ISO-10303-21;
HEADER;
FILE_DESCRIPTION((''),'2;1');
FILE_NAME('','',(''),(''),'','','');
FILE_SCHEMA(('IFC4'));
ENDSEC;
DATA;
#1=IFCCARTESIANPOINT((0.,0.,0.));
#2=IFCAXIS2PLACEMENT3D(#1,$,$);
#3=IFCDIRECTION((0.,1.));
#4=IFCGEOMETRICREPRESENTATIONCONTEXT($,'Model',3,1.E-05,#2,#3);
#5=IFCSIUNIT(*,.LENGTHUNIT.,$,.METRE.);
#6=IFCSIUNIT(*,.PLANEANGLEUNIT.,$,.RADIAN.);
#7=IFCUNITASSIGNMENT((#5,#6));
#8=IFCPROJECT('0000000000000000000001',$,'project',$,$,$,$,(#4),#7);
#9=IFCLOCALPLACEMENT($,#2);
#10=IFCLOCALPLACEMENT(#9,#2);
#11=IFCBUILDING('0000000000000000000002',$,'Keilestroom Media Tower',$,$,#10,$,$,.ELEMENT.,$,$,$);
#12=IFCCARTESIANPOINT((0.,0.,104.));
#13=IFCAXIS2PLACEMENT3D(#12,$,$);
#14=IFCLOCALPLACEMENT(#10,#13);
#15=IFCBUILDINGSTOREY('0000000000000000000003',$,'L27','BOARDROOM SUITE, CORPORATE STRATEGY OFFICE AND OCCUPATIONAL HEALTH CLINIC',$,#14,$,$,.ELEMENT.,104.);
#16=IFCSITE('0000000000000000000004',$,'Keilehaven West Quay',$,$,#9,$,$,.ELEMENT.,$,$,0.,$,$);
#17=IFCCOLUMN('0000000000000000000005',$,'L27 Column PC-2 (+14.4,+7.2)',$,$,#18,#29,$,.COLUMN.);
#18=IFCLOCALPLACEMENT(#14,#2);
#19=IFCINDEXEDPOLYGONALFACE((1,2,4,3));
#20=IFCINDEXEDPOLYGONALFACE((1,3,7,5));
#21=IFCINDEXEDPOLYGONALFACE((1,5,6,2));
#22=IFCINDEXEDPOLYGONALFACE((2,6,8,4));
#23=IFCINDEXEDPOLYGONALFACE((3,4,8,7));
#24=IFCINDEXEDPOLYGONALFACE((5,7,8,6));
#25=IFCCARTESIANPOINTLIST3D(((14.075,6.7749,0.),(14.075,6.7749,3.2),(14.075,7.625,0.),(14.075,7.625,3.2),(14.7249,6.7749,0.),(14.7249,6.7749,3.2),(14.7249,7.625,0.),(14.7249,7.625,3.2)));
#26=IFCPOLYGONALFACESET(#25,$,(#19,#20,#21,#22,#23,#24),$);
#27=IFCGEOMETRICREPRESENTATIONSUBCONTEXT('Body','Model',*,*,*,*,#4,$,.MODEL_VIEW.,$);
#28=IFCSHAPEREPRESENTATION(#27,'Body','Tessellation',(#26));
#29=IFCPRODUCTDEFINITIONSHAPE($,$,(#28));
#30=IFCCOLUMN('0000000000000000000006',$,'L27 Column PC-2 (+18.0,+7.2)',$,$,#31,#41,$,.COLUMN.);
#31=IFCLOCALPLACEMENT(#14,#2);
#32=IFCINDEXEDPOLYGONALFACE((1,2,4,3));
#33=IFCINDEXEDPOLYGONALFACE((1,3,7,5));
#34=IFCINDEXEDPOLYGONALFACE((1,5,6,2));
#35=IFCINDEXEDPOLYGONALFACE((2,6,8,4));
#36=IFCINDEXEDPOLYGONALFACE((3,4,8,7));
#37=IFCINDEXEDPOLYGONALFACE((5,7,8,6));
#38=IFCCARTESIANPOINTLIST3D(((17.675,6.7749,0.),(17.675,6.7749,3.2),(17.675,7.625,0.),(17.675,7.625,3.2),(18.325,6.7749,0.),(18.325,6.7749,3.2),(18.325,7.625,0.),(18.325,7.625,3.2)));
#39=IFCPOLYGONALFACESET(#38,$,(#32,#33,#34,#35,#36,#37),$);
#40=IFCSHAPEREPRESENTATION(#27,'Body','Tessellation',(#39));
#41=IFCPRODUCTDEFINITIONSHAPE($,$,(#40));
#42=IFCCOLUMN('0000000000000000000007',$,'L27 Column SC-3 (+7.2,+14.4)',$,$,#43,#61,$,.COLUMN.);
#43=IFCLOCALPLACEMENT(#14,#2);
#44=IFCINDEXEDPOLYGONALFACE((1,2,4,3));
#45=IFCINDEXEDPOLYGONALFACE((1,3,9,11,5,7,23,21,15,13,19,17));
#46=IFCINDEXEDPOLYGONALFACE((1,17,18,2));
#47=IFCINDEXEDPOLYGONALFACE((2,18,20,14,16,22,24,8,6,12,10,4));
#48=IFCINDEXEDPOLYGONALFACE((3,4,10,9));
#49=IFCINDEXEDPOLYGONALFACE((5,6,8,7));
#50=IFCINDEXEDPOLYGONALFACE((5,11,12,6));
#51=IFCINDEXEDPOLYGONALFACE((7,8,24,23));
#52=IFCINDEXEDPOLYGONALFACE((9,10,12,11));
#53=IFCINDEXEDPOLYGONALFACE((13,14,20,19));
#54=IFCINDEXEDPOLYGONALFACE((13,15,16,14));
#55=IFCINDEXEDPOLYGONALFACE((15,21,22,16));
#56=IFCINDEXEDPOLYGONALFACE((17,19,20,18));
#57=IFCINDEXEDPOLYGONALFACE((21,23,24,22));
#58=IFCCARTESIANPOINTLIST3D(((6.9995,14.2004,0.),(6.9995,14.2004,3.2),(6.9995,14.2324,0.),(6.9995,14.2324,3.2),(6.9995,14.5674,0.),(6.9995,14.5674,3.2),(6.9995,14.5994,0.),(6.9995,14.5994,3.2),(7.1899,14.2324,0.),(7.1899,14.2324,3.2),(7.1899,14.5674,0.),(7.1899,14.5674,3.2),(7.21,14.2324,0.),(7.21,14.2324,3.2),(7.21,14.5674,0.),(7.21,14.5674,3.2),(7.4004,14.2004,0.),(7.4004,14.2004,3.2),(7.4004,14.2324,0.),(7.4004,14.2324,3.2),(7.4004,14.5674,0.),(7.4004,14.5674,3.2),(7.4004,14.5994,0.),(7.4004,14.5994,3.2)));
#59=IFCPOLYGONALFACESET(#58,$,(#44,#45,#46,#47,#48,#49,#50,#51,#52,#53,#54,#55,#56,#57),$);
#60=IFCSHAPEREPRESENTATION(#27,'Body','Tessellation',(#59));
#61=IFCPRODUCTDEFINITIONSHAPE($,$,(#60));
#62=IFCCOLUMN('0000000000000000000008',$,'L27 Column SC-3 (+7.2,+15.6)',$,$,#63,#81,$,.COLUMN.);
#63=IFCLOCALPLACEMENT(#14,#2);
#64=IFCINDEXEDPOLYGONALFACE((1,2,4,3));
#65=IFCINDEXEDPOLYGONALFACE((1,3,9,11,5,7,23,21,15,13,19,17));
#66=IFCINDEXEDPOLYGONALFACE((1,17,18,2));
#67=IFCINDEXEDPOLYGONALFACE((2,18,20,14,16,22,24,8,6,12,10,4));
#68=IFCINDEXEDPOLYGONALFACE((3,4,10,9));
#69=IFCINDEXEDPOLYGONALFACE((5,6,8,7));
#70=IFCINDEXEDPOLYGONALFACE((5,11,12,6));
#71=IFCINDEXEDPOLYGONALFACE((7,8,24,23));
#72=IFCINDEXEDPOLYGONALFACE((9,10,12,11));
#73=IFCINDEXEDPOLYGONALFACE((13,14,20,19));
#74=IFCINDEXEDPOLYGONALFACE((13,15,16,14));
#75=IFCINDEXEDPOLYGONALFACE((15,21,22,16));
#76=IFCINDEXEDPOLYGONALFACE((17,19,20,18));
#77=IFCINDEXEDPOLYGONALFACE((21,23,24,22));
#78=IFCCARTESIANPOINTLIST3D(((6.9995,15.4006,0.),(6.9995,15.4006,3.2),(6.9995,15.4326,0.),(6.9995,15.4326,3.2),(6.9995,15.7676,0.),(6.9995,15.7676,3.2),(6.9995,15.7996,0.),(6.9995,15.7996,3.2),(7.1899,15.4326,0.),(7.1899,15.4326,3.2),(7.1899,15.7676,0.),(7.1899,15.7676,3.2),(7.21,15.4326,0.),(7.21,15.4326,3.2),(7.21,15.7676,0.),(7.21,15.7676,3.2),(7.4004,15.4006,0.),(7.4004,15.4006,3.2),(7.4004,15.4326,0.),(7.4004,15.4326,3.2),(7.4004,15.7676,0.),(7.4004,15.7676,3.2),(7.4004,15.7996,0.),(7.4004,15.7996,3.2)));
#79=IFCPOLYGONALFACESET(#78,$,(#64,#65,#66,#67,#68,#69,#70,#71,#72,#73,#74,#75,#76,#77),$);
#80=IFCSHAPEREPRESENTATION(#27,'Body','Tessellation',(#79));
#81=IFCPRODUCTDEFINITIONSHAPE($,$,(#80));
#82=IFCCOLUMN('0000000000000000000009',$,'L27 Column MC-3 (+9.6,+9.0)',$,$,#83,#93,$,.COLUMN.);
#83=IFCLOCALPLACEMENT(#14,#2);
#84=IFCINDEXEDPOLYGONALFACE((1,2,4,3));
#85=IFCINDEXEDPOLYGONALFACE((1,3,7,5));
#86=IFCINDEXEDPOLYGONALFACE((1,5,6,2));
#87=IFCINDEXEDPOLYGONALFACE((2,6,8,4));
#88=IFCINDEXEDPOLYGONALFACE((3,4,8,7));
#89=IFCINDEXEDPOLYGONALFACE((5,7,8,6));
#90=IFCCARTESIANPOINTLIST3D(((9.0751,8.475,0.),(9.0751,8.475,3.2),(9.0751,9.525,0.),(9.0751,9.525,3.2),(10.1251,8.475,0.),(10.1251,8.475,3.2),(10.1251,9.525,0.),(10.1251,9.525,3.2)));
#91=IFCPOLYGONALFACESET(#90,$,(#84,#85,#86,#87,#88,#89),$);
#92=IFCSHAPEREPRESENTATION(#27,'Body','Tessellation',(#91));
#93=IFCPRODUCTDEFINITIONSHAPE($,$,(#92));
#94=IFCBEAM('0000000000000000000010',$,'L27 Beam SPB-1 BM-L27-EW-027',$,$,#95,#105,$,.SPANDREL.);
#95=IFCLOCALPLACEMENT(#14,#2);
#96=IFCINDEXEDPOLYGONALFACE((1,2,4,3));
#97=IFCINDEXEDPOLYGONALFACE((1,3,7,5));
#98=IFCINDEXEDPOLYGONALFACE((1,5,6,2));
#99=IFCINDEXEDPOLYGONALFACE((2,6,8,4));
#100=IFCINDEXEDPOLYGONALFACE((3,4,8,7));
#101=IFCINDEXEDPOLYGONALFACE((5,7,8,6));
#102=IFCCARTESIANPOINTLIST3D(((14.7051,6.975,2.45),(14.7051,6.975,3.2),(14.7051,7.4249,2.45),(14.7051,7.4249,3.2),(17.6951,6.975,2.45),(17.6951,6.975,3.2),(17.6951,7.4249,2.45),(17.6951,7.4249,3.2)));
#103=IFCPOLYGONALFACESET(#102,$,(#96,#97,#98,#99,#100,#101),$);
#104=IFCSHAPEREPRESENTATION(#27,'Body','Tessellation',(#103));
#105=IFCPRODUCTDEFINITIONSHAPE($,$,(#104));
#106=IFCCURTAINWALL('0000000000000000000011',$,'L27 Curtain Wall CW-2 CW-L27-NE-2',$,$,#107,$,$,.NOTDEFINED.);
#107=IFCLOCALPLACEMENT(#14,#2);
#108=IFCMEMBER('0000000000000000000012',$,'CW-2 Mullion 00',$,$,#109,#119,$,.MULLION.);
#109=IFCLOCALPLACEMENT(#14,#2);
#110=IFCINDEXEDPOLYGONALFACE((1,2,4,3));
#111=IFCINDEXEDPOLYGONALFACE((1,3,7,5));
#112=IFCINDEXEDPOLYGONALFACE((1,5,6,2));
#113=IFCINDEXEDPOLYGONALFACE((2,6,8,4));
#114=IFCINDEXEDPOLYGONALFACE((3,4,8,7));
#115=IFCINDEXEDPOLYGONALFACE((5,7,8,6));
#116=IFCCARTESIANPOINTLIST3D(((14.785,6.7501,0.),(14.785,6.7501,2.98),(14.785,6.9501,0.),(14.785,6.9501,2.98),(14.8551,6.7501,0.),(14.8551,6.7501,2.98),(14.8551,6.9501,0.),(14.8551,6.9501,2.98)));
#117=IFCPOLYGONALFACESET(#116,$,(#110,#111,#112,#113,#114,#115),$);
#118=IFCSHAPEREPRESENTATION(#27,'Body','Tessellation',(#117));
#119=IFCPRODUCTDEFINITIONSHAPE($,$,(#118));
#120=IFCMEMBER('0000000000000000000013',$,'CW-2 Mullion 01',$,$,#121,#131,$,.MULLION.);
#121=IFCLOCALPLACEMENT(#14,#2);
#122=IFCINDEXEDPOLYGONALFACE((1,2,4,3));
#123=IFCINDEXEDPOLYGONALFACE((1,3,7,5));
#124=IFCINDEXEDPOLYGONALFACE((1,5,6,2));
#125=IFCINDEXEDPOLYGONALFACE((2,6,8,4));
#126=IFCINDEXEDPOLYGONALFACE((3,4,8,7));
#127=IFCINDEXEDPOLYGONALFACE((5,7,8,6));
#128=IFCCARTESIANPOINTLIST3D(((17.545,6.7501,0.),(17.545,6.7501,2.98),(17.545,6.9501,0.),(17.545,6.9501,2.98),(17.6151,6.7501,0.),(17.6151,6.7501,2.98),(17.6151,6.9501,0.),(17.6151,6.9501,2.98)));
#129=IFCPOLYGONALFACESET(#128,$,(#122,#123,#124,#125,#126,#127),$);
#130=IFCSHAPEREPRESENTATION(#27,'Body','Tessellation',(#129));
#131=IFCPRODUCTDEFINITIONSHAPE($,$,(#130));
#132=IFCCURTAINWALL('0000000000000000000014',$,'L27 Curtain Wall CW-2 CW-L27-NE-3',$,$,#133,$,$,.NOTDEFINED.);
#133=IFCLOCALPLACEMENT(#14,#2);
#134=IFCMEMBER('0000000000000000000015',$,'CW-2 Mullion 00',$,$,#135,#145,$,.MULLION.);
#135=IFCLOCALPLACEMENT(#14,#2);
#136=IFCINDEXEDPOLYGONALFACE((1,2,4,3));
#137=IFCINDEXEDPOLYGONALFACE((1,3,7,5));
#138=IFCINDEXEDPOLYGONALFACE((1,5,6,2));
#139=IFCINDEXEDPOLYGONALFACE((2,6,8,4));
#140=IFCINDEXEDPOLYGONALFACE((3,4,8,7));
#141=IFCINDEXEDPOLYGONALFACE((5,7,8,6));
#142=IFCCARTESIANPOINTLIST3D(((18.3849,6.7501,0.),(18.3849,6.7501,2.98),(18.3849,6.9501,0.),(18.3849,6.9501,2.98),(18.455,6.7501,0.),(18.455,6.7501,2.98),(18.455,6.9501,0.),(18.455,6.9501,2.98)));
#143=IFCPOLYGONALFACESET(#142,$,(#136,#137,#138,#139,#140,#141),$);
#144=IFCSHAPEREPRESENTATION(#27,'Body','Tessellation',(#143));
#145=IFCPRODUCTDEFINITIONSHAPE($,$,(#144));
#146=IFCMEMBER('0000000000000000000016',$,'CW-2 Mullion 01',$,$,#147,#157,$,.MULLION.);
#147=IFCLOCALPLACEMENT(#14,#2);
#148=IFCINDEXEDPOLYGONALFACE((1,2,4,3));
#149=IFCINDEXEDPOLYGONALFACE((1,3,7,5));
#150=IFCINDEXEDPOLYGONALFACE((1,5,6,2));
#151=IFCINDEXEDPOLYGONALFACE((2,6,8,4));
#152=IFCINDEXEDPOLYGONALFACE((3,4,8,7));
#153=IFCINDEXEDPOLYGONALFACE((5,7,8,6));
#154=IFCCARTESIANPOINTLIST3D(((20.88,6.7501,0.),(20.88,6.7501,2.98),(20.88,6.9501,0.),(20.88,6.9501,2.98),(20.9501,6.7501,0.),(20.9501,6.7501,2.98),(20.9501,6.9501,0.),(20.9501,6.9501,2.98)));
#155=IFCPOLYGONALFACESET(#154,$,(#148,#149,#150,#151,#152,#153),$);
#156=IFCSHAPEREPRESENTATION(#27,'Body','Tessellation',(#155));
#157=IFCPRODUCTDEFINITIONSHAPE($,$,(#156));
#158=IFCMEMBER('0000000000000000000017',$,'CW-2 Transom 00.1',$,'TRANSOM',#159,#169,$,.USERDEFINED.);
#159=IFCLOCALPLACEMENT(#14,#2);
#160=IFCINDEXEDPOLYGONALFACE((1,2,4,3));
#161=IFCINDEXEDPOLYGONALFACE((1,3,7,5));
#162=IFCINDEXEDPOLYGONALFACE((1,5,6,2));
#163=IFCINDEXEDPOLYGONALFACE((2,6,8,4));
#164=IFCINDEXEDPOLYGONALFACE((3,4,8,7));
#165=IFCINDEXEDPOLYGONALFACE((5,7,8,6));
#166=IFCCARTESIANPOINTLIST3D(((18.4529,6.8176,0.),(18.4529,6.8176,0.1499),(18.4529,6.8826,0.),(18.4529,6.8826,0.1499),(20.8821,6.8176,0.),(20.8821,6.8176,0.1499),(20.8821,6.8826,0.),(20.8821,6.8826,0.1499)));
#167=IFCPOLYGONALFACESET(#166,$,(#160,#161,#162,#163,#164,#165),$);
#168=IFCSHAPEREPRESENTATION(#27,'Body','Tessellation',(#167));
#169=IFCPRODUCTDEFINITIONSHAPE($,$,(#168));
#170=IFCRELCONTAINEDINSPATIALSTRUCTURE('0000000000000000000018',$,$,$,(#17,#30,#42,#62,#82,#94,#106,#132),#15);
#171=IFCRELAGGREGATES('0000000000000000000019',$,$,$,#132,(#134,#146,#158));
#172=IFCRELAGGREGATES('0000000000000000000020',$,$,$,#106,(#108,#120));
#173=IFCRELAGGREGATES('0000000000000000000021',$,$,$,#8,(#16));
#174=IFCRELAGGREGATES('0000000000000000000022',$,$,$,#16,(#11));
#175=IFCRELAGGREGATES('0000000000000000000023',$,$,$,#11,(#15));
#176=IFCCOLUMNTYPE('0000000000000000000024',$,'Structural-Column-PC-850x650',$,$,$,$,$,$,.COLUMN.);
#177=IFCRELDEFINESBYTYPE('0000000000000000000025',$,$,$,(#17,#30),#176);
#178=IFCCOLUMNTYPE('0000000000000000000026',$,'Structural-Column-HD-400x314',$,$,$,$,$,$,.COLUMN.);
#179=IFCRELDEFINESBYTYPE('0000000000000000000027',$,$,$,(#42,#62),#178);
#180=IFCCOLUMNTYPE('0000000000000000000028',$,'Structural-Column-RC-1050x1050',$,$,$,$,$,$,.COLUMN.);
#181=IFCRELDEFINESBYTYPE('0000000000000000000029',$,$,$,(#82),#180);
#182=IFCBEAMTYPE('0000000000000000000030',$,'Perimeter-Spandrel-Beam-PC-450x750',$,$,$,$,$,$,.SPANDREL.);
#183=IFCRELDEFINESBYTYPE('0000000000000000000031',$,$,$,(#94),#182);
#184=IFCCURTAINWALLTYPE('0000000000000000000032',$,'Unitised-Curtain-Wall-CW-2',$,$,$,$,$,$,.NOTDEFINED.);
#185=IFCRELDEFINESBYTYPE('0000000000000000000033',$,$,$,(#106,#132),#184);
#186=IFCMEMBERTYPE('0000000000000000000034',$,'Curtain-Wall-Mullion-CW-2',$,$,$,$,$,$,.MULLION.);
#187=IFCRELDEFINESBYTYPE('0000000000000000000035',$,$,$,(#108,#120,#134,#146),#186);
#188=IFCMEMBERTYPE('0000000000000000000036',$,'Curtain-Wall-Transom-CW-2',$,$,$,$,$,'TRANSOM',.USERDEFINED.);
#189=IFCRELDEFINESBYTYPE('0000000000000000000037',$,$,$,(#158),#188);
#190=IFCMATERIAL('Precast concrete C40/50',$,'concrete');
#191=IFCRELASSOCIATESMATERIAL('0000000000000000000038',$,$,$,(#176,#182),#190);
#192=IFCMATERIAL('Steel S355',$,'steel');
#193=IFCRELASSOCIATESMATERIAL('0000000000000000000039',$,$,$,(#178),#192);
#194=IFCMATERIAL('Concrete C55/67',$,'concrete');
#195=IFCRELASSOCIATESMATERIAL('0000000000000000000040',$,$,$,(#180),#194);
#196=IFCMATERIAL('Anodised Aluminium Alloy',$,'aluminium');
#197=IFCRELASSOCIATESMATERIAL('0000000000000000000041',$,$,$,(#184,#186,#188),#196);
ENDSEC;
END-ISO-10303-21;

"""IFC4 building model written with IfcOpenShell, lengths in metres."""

from ifc_helpers import new_model, si_unit, direction, frame, origin, origin_2d, place, context, subcontext, project, spatial, rectangle, i_section, extrude, source, transform, mapped, material, material_profile, profile_set, type_object, element, aggregate, save


model = new_model("IFC4")

# Units and contexts
model_context = context("Model", 3, precision=1e-05, world=origin(), true_north=direction((0.0, 1.0)))
body_context = subcontext(model_context, "Body", "Model", "MODEL_VIEW")
ifc_project = project(units=[si_unit("LENGTHUNIT", "METRE"), si_unit("PLANEANGLEUNIT", "RADIAN")], contexts=[model_context])

# Site, building, storey
site_placement = place(None, origin())
site = spatial("IfcSite", under=ifc_project, at=site_placement, Name="Keilehaven West Quay", CompositionType="ELEMENT", RefElevation=0.0)
building_placement = place(site_placement, origin())
building = spatial("IfcBuilding", under=site, at=building_placement, Name="Keilestroom Media Tower", CompositionType="ELEMENT")
storey_placement = place(building_placement, frame((0.0, 0.0, 104.0)))
storey = spatial("IfcBuildingStorey", under=building, at=storey_placement, Name="L27", Description="BOARDROOM SUITE, CORPORATE STRATEGY OFFICE AND OCCUPATIONAL HEALTH CLINIC", CompositionType="ELEMENT", Elevation=104.0)

# Columns
ifc_material_1 = material(Name="Precast concrete C40/50", Category="concrete")
ifc_material_profile_1 = material_profile(ifc_material_1, rectangle(XDim=0.6499, YDim=0.8501, at=origin_2d()), Name="PC 850x650")
ifc_profile_set_1 = profile_set([ifc_material_profile_1], Name="Precast concrete C40/50")
column_type_1 = type_object("IfcColumnType", Name="Structural-Column-PC-850x650", PredefinedType="COLUMN", material=ifc_profile_set_1)
shared_shape_1 = source(origin(), body_context, "Body", "SweptSolid", [
    extrude(rectangle(XDim=0.6499, YDim=0.8501, at=origin_2d()), origin(), (0.0, 0.0, 1.0), 3.2),
])
for number, where, z_axis, x_axis, name in (
    (1, (14.3999, 7.2, 0.0), (0.0, 0.0, 1.0), (1.0, 0.0, 0.0), "L27 Column PC-2 (+14.4,+7.2)"),
    (2, (18.0, 7.2, 0.0), (0.0, 0.0, 1.0), (1.0, 0.0, 0.0), "L27 Column PC-2 (+18.0,+7.2)"),
):
    element("IfcColumn", number, at=place(storey_placement, frame(where, z_axis=z_axis, x_axis=x_axis)), inside=storey, type_object=column_type_1, Name=name, PredefinedType="COLUMN", context=body_context, shape_type="MappedRepresentation", body=[
        mapped(shared_shape_1, transform((0.0, 0.0, 0.0), x_axis=(1.0, 0.0, 0.0), y_axis=(0.0, 1.0, 0.0), z_axis=(0.0, 0.0, 1.0), scale=1.0)),
    ])
ifc_material_2 = material(Name="Steel S355", Category="steel")
ifc_material_profile_2 = material_profile(ifc_material_2, i_section(OverallWidth=0.4009, OverallDepth=0.3989, WebThickness=0.02, FlangeThickness=0.032, at=origin_2d()), Name="HD 400x314")
ifc_profile_set_2 = profile_set([ifc_material_profile_2], Name="Steel S355")
column_type_2 = type_object("IfcColumnType", Name="Structural-Column-HD-400x314", PredefinedType="COLUMN", material=ifc_profile_set_2)
shared_shape_2 = source(origin(), body_context, "Body", "SweptSolid", [
    extrude(i_section(OverallWidth=0.4009, OverallDepth=0.3989, WebThickness=0.02, FlangeThickness=0.032, at=origin_2d()), origin(), (0.0, 0.0, 1.0), 3.2),
])
for number, where, z_axis, x_axis, name in (
    (3, (7.2, 14.3999, 0.0), (0.0, 0.0, 1.0), (1.0, 0.0, 0.0), "L27 Column SC-3 (+7.2,+14.4)"),
    (4, (7.2, 15.6001, 0.0), (0.0, 0.0, 1.0), (1.0, 0.0, 0.0), "L27 Column SC-3 (+7.2,+15.6)"),
):
    element("IfcColumn", number, at=place(storey_placement, frame(where, z_axis=z_axis, x_axis=x_axis)), inside=storey, type_object=column_type_2, Name=name, PredefinedType="COLUMN", context=body_context, shape_type="MappedRepresentation", body=[
        mapped(shared_shape_2, transform((0.0, 0.0, 0.0), x_axis=(1.0, 0.0, 0.0), y_axis=(0.0, 1.0, 0.0), z_axis=(0.0, 0.0, 1.0), scale=1.0)),
    ])
ifc_material_3 = material(Name="Concrete C55/67", Category="concrete")
ifc_material_profile_3 = material_profile(ifc_material_3, rectangle(XDim=1.05, YDim=1.05, at=origin_2d()), Name="RC 1050x1050")
ifc_profile_set_3 = profile_set([ifc_material_profile_3], Name="Concrete C55/67")
column_type_3 = type_object("IfcColumnType", Name="Structural-Column-RC-1050x1050", PredefinedType="COLUMN", material=ifc_profile_set_3)
shared_shape_3 = source(origin(), body_context, "Body", "SweptSolid", [
    extrude(rectangle(XDim=1.05, YDim=1.05, at=origin_2d()), origin(), (0.0, 0.0, 1.0), 3.2),
])
column_placement = place(storey_placement, frame((9.6001, 9.0, 0.0), z_axis=(0.0, 0.0, 1.0), x_axis=(1.0, 0.0, 0.0)))
element("IfcColumn", 5, at=column_placement, inside=storey, type_object=column_type_3, Name="L27 Column MC-3 (+9.6,+9.0)", PredefinedType="COLUMN", context=body_context, shape_type="MappedRepresentation", body=[
    mapped(shared_shape_3, transform((0.0, 0.0, 0.0), x_axis=(1.0, 0.0, 0.0), y_axis=(0.0, 1.0, 0.0), z_axis=(0.0, 0.0, 1.0), scale=1.0)),
])

# Beam
ifc_material_profile_4 = material_profile(ifc_material_1, rectangle(XDim=0.45, YDim=0.75, at=origin_2d()), Name="PC 450x750")
ifc_profile_set_4 = profile_set([ifc_material_profile_4], Name="Precast concrete C40/50")
beam_type = type_object("IfcBeamType", Name="Perimeter-Spandrel-Beam-PC-450x750", PredefinedType="SPANDREL", material=ifc_profile_set_4)
shared_shape_4 = source(origin(), body_context, "Body", "SweptSolid", [
    extrude(rectangle(XDim=0.45, YDim=0.75, at=origin_2d()), origin(), (0.0, 0.0, 1.0), 2.99),
])
beam_placement = place(storey_placement, frame((14.7051, 7.2, 2.825), z_axis=(1.0, 0.0, 0.0), x_axis=(0.0, 1.0, 0.0)))
element("IfcBeam", 6, at=beam_placement, inside=storey, type_object=beam_type, Name="L27 Beam SPB-1 BM-L27-EW-027", PredefinedType="SPANDREL", context=body_context, shape_type="MappedRepresentation", body=[
    mapped(shared_shape_4, transform((0.0, 0.0, 0.0), x_axis=(1.0, 0.0, 0.0), y_axis=(0.0, 1.0, 0.0), z_axis=(0.0, 0.0, 1.0), scale=1.0)),
])

# Curtain walls, members
ifc_material_4 = material(Name="Anodised Aluminium Alloy", Category="aluminium")
curtain_wall_type = type_object("IfcCurtainWallType", Name="Unitised-Curtain-Wall-CW-2", PredefinedType="NOTDEFINED", material=ifc_material_4)
curtain_wall_1_placement = place(storey_placement, origin())
curtain_wall_1 = element("IfcCurtainWall", 7, at=curtain_wall_1_placement, inside=storey, type_object=curtain_wall_type, Name="L27 Curtain Wall CW-2 CW-L27-NE-2", PredefinedType="NOTDEFINED")
ifc_material_profile_5 = material_profile(ifc_material_4, rectangle(XDim=0.0701, YDim=0.2, at=origin_2d()), Name="ALU MULLION 70x200")
ifc_profile_set_5 = profile_set([ifc_material_profile_5], Name="Anodised Aluminium Alloy")
member_type_1 = type_object("IfcMemberType", Name="Curtain-Wall-Mullion-CW-2", PredefinedType="MULLION", material=ifc_profile_set_5)
shared_shape_5 = source(origin(), body_context, "Body", "SweptSolid", [
    extrude(rectangle(XDim=0.0701, YDim=0.2, at=origin_2d()), origin(), (0.0, 0.0, 1.0), 2.98),
])
member_1_placement = place(storey_placement, frame((14.8201, 6.8501, 0.0), z_axis=(0.0, 0.0, 1.0), x_axis=(1.0, 0.0, 0.0)))
member_1 = element("IfcMember", 8, at=member_1_placement, type_object=member_type_1, Name="CW-2 Mullion 00", PredefinedType="MULLION", context=body_context, shape_type="MappedRepresentation", body=[
    mapped(shared_shape_5, transform((0.0, 0.0, 0.0), x_axis=(1.0, 0.0, 0.0), y_axis=(0.0, 1.0, 0.0), z_axis=(0.0, 0.0, 1.0), scale=1.0)),
])
member_2_placement = place(storey_placement, frame((17.5801, 6.8501, 0.0), z_axis=(0.0, 0.0, 1.0), x_axis=(1.0, 0.0, 0.0)))
member_2 = element("IfcMember", 9, at=member_2_placement, type_object=member_type_1, Name="CW-2 Mullion 01", PredefinedType="MULLION", context=body_context, shape_type="MappedRepresentation", body=[
    mapped(shared_shape_5, transform((0.0, 0.0, 0.0), x_axis=(1.0, 0.0, 0.0), y_axis=(0.0, 1.0, 0.0), z_axis=(0.0, 0.0, 1.0), scale=1.0)),
])
curtain_wall_2_placement = place(storey_placement, origin())
curtain_wall_2 = element("IfcCurtainWall", 10, at=curtain_wall_2_placement, inside=storey, type_object=curtain_wall_type, Name="L27 Curtain Wall CW-2 CW-L27-NE-3", PredefinedType="NOTDEFINED")
member_3_placement = place(storey_placement, frame((18.4199, 6.8501, 0.0), z_axis=(0.0, 0.0, 1.0), x_axis=(1.0, 0.0, 0.0)))
member_3 = element("IfcMember", 11, at=member_3_placement, type_object=member_type_1, Name="CW-2 Mullion 00", PredefinedType="MULLION", context=body_context, shape_type="MappedRepresentation", body=[
    mapped(shared_shape_5, transform((0.0, 0.0, 0.0), x_axis=(1.0, 0.0, 0.0), y_axis=(0.0, 1.0, 0.0), z_axis=(0.0, 0.0, 1.0), scale=1.0)),
])
member_4_placement = place(storey_placement, frame((20.915, 6.8501, 0.0), z_axis=(0.0, 0.0, 1.0), x_axis=(1.0, 0.0, 0.0)))
member_4 = element("IfcMember", 12, at=member_4_placement, type_object=member_type_1, Name="CW-2 Mullion 01", PredefinedType="MULLION", context=body_context, shape_type="MappedRepresentation", body=[
    mapped(shared_shape_5, transform((0.0, 0.0, 0.0), x_axis=(1.0, 0.0, 0.0), y_axis=(0.0, 1.0, 0.0), z_axis=(0.0, 0.0, 1.0), scale=1.0)),
])
ifc_material_profile_6 = material_profile(ifc_material_4, rectangle(XDim=0.0649, YDim=0.1499, at=origin_2d()), Name="ALU TRANSOM 65x150")
ifc_profile_set_6 = profile_set([ifc_material_profile_6], Name="Anodised Aluminium Alloy")
member_type_2 = type_object("IfcMemberType", Name="Curtain-Wall-Transom-CW-2", ElementType="TRANSOM", PredefinedType="USERDEFINED", material=ifc_profile_set_6)
shared_shape_6 = source(origin(), body_context, "Body", "SweptSolid", [
    extrude(rectangle(XDim=0.0649, YDim=0.1499, at=origin_2d()), origin(), (0.0, 0.0, 1.0), 2.4292),
])
member_5_placement = place(storey_placement, frame((18.4529, 6.8501, 0.075), z_axis=(1.0, 0.0, 0.0), x_axis=(0.0, 1.0, 0.0)))
member_5 = element("IfcMember", 13, at=member_5_placement, type_object=member_type_2, Name="CW-2 Transom 00.1", ObjectType="TRANSOM", PredefinedType="USERDEFINED", context=body_context, shape_type="MappedRepresentation", body=[
    mapped(shared_shape_6, transform((0.0, 0.0, 0.0), x_axis=(1.0, 0.0, 0.0), y_axis=(0.0, 1.0, 0.0), z_axis=(0.0, 0.0, 1.0), scale=1.0)),
])

aggregate(curtain_wall_2, [member_3, member_4, member_5])
aggregate(curtain_wall_1, [member_1, member_2])

save(model, "model.ifc")
